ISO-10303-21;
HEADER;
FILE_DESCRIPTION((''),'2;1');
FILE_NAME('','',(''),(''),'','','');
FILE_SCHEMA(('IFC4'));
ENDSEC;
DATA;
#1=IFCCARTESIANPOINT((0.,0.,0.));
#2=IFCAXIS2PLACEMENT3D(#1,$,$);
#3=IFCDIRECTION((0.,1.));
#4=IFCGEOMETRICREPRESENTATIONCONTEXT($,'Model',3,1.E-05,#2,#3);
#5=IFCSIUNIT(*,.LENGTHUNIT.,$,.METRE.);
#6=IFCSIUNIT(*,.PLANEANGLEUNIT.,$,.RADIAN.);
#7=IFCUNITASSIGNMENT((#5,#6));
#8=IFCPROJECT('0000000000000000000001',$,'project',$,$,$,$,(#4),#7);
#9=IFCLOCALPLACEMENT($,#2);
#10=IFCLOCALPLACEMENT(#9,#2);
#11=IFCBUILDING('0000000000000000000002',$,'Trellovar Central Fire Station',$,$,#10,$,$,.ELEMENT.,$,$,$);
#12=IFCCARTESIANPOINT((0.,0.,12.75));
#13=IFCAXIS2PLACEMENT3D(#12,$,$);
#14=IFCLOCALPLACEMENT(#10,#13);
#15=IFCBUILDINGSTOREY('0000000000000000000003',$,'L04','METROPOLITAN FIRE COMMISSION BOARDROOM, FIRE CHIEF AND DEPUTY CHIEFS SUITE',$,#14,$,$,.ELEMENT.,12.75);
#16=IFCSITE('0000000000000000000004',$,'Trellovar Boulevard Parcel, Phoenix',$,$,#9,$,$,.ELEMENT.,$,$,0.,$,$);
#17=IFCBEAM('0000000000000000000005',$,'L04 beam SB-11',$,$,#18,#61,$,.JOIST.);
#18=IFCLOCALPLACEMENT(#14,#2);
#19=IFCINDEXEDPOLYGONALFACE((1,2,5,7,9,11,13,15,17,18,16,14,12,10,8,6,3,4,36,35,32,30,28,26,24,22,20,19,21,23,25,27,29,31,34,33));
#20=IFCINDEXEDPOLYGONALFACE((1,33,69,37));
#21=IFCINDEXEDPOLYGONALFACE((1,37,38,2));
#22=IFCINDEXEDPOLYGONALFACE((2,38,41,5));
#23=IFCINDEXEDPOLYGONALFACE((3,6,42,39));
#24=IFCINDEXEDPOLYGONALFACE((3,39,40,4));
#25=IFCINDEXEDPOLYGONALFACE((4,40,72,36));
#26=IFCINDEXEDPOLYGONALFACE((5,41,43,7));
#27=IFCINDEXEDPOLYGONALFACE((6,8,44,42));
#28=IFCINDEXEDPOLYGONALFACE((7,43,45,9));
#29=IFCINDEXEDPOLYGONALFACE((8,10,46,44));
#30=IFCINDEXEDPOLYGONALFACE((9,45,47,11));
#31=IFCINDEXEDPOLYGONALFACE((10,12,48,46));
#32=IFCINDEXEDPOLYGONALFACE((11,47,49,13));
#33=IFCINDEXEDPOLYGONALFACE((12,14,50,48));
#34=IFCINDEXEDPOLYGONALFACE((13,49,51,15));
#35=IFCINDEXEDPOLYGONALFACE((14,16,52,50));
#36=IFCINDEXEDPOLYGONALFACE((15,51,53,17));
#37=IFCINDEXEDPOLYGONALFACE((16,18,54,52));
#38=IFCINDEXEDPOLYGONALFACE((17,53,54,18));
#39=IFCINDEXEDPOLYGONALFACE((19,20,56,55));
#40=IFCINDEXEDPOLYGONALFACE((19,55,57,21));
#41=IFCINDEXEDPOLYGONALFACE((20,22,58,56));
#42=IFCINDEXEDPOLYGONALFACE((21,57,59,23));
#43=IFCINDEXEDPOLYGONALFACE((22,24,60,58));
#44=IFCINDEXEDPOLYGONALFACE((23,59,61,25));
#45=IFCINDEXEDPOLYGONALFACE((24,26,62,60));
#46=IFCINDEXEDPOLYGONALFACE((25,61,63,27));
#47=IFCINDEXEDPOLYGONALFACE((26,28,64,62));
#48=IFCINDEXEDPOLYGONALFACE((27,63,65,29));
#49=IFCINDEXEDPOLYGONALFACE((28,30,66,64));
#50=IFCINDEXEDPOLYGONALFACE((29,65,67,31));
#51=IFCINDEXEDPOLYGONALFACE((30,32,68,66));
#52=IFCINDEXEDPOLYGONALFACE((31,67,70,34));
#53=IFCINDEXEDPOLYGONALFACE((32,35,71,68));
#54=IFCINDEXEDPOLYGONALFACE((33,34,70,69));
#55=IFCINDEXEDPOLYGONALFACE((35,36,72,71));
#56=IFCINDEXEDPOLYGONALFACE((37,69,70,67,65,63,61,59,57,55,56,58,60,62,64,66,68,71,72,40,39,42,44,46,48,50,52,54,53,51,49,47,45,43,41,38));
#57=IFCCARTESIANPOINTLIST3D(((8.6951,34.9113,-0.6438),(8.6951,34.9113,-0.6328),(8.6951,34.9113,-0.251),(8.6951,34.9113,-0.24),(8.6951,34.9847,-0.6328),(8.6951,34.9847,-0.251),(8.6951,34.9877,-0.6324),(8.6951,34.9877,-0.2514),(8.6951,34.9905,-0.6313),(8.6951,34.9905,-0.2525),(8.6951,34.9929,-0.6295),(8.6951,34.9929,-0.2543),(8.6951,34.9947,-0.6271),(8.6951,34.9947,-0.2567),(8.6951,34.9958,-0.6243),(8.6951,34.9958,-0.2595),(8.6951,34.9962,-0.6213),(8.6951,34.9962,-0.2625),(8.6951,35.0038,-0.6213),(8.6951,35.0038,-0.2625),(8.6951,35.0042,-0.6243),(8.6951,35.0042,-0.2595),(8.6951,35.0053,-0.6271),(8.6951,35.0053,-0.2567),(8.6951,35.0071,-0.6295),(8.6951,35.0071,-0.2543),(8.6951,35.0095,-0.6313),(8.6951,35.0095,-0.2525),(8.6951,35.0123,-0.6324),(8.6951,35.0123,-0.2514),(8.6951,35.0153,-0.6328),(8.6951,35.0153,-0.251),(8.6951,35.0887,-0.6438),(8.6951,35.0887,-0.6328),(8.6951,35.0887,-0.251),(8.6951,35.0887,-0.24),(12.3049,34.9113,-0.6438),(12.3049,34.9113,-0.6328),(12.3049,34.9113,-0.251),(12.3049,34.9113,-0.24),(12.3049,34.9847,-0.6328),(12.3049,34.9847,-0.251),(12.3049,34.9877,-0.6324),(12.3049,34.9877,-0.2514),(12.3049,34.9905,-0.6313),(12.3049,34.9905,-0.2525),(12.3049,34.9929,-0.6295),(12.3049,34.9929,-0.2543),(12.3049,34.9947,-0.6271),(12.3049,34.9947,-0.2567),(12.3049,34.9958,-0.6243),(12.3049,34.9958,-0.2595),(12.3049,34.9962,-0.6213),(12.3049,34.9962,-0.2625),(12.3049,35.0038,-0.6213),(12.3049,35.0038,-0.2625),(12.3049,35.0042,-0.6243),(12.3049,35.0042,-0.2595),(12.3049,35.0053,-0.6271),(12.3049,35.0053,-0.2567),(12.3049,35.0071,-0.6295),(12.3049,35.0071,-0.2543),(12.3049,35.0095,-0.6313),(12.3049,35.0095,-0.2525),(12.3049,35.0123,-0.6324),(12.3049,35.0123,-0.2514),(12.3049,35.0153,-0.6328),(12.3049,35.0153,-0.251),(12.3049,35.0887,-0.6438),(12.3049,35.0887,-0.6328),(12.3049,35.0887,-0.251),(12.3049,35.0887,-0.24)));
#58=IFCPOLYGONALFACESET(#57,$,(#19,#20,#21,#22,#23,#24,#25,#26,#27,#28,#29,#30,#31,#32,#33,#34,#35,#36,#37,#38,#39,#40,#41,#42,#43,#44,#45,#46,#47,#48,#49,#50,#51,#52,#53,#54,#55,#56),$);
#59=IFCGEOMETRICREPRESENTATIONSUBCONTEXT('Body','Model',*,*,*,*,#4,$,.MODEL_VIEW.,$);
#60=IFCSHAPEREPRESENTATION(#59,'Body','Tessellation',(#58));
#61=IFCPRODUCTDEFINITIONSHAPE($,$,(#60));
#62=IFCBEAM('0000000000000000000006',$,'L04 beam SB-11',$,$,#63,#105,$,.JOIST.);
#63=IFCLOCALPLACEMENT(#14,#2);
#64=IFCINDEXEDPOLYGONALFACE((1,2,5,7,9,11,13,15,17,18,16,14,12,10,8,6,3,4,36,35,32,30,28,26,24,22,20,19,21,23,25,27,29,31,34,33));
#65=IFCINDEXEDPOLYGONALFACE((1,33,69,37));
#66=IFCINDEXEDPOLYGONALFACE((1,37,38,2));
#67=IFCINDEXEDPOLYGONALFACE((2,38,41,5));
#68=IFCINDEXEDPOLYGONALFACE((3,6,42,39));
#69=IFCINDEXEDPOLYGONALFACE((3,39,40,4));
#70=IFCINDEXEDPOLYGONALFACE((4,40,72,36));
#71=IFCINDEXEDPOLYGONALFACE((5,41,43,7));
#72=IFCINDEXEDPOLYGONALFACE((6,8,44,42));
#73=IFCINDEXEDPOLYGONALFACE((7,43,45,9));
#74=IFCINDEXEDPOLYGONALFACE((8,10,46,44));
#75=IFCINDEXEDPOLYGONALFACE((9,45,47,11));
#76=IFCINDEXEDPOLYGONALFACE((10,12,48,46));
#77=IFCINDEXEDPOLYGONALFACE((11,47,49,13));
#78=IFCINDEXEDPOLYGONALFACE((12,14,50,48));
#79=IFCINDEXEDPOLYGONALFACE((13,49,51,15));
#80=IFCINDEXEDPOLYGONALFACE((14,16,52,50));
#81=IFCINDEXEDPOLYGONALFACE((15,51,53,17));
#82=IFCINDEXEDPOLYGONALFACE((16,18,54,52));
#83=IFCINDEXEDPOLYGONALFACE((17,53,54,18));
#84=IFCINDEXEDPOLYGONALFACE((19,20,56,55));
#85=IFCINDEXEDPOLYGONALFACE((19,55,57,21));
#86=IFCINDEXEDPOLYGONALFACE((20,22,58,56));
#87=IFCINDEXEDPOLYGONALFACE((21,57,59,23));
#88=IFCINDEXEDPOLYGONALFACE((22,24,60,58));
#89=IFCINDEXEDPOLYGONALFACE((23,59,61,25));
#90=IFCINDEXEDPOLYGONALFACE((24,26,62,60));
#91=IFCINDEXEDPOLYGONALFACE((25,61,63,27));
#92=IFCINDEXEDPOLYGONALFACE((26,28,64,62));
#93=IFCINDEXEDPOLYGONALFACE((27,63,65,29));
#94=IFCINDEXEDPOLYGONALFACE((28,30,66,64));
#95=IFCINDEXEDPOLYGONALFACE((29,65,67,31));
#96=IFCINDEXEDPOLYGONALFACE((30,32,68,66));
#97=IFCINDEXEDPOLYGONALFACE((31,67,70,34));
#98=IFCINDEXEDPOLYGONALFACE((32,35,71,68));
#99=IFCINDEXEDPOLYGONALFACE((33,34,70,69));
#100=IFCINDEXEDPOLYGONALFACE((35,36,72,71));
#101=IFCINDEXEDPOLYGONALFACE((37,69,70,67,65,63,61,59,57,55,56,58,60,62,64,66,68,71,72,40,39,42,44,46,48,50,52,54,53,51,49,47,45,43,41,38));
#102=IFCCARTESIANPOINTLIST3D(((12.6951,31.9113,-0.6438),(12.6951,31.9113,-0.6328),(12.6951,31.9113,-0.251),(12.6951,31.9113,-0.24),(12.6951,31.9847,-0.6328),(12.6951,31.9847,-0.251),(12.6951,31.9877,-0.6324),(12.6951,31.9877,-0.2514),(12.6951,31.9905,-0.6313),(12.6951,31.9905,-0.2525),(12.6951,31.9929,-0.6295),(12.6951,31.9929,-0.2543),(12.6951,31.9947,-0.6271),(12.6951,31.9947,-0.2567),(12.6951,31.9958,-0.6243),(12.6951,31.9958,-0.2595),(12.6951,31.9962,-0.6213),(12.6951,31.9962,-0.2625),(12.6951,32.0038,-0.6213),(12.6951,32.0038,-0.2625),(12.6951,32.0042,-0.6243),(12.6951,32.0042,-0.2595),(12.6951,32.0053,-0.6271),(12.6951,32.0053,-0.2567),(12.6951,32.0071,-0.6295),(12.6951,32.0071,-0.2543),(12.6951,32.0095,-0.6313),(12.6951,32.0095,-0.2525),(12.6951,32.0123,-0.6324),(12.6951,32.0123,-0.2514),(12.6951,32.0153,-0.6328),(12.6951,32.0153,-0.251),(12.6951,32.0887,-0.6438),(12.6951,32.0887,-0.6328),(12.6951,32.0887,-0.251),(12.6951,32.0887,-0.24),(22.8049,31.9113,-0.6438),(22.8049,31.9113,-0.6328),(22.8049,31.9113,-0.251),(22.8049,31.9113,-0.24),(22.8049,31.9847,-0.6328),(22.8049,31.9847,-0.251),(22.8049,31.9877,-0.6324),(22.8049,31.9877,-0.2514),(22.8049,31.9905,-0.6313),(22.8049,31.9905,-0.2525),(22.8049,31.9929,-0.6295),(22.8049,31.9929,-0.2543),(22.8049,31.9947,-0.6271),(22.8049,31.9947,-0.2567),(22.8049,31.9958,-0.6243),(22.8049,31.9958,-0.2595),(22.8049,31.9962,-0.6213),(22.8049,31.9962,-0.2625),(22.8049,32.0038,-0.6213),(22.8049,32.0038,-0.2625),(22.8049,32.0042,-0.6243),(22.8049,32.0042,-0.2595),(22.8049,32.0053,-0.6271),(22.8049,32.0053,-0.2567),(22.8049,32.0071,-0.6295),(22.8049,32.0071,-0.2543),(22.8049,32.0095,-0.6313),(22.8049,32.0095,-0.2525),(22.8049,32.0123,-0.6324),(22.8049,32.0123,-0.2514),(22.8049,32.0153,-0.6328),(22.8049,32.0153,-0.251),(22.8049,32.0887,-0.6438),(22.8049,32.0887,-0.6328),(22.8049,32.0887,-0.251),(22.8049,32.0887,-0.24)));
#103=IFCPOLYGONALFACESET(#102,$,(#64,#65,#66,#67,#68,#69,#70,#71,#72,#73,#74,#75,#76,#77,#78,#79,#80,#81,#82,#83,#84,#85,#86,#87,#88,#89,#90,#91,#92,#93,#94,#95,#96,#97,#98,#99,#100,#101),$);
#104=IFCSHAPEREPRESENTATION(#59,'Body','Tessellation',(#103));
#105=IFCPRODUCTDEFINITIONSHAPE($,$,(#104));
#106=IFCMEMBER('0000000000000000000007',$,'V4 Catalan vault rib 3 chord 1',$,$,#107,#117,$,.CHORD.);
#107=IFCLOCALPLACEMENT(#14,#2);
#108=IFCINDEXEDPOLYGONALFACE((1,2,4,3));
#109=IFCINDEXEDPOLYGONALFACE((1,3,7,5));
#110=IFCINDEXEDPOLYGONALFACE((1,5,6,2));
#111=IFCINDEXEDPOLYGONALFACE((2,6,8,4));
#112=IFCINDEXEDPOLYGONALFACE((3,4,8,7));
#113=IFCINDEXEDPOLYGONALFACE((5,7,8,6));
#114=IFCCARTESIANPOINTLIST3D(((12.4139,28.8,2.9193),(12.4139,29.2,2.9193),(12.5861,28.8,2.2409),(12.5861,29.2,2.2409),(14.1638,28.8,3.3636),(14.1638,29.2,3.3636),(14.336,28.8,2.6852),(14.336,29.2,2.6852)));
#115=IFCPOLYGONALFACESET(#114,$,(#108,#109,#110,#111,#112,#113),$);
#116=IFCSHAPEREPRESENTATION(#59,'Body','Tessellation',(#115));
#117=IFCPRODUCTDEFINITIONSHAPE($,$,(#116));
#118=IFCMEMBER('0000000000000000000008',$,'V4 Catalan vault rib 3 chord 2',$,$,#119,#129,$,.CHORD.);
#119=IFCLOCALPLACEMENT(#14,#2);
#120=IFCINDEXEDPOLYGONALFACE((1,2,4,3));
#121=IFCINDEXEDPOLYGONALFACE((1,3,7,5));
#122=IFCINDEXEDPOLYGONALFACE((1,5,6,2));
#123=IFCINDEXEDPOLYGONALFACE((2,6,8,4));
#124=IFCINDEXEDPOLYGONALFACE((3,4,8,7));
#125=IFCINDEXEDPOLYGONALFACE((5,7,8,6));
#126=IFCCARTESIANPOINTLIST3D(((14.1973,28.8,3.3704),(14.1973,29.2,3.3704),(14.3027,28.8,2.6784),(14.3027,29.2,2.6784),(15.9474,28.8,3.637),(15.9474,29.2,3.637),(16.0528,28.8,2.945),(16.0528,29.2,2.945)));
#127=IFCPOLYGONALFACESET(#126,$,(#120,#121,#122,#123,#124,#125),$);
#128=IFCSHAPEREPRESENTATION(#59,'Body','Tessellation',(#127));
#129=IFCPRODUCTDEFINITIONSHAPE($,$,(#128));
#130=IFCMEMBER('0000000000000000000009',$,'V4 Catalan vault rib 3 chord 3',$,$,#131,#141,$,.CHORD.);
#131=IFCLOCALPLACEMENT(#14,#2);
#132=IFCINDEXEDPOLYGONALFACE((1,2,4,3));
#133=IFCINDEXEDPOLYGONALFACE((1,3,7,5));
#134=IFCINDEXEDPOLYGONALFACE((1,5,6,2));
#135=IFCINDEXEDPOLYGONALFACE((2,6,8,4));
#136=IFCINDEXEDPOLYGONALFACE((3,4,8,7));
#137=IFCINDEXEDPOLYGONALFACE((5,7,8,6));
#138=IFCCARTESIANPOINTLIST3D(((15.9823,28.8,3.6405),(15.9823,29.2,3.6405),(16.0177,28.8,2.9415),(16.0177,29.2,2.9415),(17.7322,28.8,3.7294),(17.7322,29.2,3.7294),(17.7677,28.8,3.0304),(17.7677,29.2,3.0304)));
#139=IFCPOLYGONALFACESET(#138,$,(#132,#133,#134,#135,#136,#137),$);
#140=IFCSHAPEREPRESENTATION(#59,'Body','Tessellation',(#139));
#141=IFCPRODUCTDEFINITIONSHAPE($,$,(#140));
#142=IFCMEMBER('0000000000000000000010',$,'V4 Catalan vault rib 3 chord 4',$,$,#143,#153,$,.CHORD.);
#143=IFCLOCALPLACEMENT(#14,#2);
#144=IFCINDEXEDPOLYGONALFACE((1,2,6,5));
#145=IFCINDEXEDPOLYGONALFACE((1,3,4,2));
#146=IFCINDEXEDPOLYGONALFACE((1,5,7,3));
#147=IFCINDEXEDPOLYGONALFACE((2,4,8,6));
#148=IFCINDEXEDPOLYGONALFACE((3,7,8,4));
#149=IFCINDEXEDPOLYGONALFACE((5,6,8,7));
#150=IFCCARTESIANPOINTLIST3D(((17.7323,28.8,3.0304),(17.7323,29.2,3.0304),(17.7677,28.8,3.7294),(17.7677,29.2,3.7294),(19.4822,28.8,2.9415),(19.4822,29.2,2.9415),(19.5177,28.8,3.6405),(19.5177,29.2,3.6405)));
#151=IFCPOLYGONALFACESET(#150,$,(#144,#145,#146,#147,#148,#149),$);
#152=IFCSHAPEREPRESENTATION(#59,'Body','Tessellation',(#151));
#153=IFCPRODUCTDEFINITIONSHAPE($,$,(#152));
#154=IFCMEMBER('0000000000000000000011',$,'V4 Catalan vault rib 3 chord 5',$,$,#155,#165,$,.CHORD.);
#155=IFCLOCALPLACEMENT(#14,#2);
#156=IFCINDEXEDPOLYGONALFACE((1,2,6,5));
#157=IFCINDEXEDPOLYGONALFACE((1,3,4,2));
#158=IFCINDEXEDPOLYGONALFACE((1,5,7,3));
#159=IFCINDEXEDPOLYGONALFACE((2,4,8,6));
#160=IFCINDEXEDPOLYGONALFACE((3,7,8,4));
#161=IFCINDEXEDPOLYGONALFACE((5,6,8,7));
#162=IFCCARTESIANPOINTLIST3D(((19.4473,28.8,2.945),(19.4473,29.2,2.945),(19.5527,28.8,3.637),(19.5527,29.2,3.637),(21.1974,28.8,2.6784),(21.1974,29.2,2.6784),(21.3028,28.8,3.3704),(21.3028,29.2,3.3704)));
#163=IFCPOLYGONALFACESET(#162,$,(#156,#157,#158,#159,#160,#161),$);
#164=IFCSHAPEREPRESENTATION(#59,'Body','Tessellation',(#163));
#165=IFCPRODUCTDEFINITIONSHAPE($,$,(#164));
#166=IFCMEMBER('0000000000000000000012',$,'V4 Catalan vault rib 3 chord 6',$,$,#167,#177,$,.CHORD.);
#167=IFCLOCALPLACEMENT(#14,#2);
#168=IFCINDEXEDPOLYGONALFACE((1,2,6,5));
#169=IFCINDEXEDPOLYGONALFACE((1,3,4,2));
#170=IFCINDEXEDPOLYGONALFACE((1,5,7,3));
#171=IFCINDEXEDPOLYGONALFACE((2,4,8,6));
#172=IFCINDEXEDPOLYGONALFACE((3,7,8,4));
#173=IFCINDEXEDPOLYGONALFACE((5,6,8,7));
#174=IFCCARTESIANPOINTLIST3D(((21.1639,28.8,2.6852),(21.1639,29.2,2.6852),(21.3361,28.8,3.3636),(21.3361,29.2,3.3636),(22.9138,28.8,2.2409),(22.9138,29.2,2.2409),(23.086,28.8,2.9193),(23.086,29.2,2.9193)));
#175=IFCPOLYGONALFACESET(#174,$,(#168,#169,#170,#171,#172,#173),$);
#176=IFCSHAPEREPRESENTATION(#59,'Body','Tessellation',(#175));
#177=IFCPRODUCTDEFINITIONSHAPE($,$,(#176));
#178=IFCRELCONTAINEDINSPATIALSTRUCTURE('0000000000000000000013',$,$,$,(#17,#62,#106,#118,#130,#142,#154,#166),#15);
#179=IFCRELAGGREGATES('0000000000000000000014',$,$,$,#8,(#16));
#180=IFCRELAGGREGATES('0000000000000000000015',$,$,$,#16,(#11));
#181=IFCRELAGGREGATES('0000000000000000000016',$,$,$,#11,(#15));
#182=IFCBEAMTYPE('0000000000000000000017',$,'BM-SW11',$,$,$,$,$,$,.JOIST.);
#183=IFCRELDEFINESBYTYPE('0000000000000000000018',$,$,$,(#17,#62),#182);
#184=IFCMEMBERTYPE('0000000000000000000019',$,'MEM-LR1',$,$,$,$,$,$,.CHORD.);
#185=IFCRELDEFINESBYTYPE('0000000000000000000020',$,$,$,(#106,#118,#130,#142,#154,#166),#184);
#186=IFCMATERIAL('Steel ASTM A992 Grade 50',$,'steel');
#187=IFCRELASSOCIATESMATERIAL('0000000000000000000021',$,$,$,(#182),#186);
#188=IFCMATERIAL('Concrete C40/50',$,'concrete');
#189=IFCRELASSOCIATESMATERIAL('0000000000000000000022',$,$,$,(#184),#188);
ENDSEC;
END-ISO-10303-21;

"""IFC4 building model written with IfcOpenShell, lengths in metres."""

from ifc_helpers import new_model, si_unit, direction, frame, origin, origin_2d, place, context, subcontext, project, spatial, rectangle, i_section, extrude, material, material_profile, profile_set, type_object, element, save


model = new_model("IFC4")

# Units and contexts
model_context = context("Model", 3, precision=1e-05, world=origin(), true_north=direction((0.0, 1.0)))
body_context = subcontext(model_context, "Body", "Model", "MODEL_VIEW")
ifc_project = project(units=[si_unit("LENGTHUNIT", "METRE"), si_unit("PLANEANGLEUNIT", "RADIAN")], contexts=[model_context])

# Site, building, storey
site_placement = place(None, origin())
site = spatial("IfcSite", under=ifc_project, at=site_placement, Name="Trellovar Boulevard Parcel, Phoenix", CompositionType="ELEMENT", RefElevation=0.0)
building_placement = place(site_placement, origin())
building = spatial("IfcBuilding", under=site, at=building_placement, Name="Trellovar Central Fire Station", CompositionType="ELEMENT")
storey_placement = place(building_placement, frame((0.0, 0.0, 12.75)))
storey = spatial("IfcBuildingStorey", under=building, at=storey_placement, Name="L04", Description="METROPOLITAN FIRE COMMISSION BOARDROOM, FIRE CHIEF AND DEPUTY CHIEFS SUITE", CompositionType="ELEMENT", Elevation=12.75)

# Beams
ifc_material_1 = material(Name="Steel ASTM A992 Grade 50", Category="steel")
ifc_material_profile_1 = material_profile(ifc_material_1, i_section(OverallWidth=0.1775, OverallDepth=0.4038, WebThickness=0.0076, FlangeThickness=0.011, FilletRadius=0.0115, at=origin_2d()), Name="W16X36")
ifc_profile_set_1 = profile_set([ifc_material_profile_1], Name="Steel ASTM A992 Grade 50")
beam_type_1 = type_object("IfcBeamType", Name="BM-SW11", PredefinedType="JOIST", material=ifc_profile_set_1)
for number, where, z_axis, x_axis, name in (
    (1, (8.6951, 35.0, -0.4419), (1.0, 0.0, 0.0), (0.0, 1.0, 0.0), "L04 beam SB-11"),
):
    element("IfcBeam", number, at=place(storey_placement, frame(where, z_axis=z_axis, x_axis=x_axis)), inside=storey, type_object=beam_type_1, Name=name, PredefinedType="JOIST", context=body_context, shape_type="SweptSolid", body=[
        extrude(i_section(OverallWidth=0.1775, OverallDepth=0.4038, WebThickness=0.0076, FlangeThickness=0.011, FilletRadius=0.0115, at=origin_2d()), origin(), (0.0, 0.0, 1.0), 3.6099),
    ])
beam_1_placement = place(storey_placement, frame((12.6951, 32.0, -0.4419), z_axis=(1.0, 0.0, 0.0), x_axis=(0.0, 1.0, 0.0)))
element("IfcBeam", 2, at=beam_1_placement, inside=storey, type_object=beam_type_1, Name="L04 beam SB-11", PredefinedType="JOIST", context=body_context, shape_type="SweptSolid", body=[
    extrude(i_section(OverallWidth=0.1775, OverallDepth=0.4038, WebThickness=0.0076, FlangeThickness=0.011, FilletRadius=0.0115, at=origin_2d()), origin(), (0.0, 0.0, 1.0), 10.1099),
])

# Members
ifc_material_2 = material(Name="Concrete C40/50", Category="concrete")
ifc_material_profile_2 = material_profile(ifc_material_2, rectangle(XDim=0.3999, YDim=0.7, at=origin_2d()), Name="RC400X700")
ifc_profile_set_2 = profile_set([ifc_material_profile_2], Name="Concrete C40/50")
member_type_1 = type_object("IfcMemberType", Name="MEM-LR1", PredefinedType="CHORD", material=ifc_profile_set_2)
member_1_placement = place(storey_placement, frame((12.5, 29.0, 2.5801), z_axis=(0.969245, 0.0, 0.246097), x_axis=(0.0, 1.0, 0.0)))
element("IfcMember", 3, at=member_1_placement, inside=storey, type_object=member_type_1, Name="V4 Catalan vault rib 3 chord 1", PredefinedType="CHORD", context=body_context, shape_type="SweptSolid", body=[
    extrude(rectangle(XDim=0.3999, YDim=0.7, at=origin_2d()), origin(), (0.0, 0.0, 1.0), 1.8054),
])
member_2_placement = place(storey_placement, frame((14.25, 29.0, 3.0244), z_axis=(0.988594, 0.0, 0.150606), x_axis=(0.0, 1.0, 0.0)))
element("IfcMember", 4, at=member_2_placement, inside=storey, type_object=member_type_1, Name="V4 Catalan vault rib 3 chord 2", PredefinedType="CHORD", context=body_context, shape_type="SweptSolid", body=[
    extrude(rectangle(XDim=0.3999, YDim=0.7, at=origin_2d()), origin(), (0.0, 0.0, 1.0), 1.7703),
])
for number, where, z_axis, x_axis, name in (
    (5, (16.0, 29.0, 3.291), (0.998713, 0.0, 0.050716), (0.0, 1.0, 0.0), "V4 Catalan vault rib 3 chord 3"),
    (6, (17.75, 29.0, 3.3799), (0.998713, 0.0, -0.050716), (0.0, 1.0, 0.0), "V4 Catalan vault rib 3 chord 4"),
):
    element("IfcMember", number, at=place(storey_placement, frame(where, z_axis=z_axis, x_axis=x_axis)), inside=storey, type_object=member_type_1, Name=name, PredefinedType="CHORD", context=body_context, shape_type="SweptSolid", body=[
        extrude(rectangle(XDim=0.3999, YDim=0.7, at=origin_2d()), origin(), (0.0, 0.0, 1.0), 1.7522),
    ])
member_3_placement = place(storey_placement, frame((19.5, 29.0, 3.291), z_axis=(0.988594, 0.0, -0.150606), x_axis=(0.0, 1.0, 0.0)))
element("IfcMember", 7, at=member_3_placement, inside=storey, type_object=member_type_1, Name="V4 Catalan vault rib 3 chord 5", PredefinedType="CHORD", context=body_context, shape_type="SweptSolid", body=[
    extrude(rectangle(XDim=0.3999, YDim=0.7, at=origin_2d()), origin(), (0.0, 0.0, 1.0), 1.7703),
])
member_4_placement = place(storey_placement, frame((21.25, 29.0, 3.0244), z_axis=(0.969245, 0.0, -0.246097), x_axis=(0.0, 1.0, 0.0)))
element("IfcMember", 8, at=member_4_placement, inside=storey, type_object=member_type_1, Name="V4 Catalan vault rib 3 chord 6", PredefinedType="CHORD", context=body_context, shape_type="SweptSolid", body=[
    extrude(rectangle(XDim=0.3999, YDim=0.7, at=origin_2d()), origin(), (0.0, 0.0, 1.0), 1.8054),
])

save(model, "model.ifc")
